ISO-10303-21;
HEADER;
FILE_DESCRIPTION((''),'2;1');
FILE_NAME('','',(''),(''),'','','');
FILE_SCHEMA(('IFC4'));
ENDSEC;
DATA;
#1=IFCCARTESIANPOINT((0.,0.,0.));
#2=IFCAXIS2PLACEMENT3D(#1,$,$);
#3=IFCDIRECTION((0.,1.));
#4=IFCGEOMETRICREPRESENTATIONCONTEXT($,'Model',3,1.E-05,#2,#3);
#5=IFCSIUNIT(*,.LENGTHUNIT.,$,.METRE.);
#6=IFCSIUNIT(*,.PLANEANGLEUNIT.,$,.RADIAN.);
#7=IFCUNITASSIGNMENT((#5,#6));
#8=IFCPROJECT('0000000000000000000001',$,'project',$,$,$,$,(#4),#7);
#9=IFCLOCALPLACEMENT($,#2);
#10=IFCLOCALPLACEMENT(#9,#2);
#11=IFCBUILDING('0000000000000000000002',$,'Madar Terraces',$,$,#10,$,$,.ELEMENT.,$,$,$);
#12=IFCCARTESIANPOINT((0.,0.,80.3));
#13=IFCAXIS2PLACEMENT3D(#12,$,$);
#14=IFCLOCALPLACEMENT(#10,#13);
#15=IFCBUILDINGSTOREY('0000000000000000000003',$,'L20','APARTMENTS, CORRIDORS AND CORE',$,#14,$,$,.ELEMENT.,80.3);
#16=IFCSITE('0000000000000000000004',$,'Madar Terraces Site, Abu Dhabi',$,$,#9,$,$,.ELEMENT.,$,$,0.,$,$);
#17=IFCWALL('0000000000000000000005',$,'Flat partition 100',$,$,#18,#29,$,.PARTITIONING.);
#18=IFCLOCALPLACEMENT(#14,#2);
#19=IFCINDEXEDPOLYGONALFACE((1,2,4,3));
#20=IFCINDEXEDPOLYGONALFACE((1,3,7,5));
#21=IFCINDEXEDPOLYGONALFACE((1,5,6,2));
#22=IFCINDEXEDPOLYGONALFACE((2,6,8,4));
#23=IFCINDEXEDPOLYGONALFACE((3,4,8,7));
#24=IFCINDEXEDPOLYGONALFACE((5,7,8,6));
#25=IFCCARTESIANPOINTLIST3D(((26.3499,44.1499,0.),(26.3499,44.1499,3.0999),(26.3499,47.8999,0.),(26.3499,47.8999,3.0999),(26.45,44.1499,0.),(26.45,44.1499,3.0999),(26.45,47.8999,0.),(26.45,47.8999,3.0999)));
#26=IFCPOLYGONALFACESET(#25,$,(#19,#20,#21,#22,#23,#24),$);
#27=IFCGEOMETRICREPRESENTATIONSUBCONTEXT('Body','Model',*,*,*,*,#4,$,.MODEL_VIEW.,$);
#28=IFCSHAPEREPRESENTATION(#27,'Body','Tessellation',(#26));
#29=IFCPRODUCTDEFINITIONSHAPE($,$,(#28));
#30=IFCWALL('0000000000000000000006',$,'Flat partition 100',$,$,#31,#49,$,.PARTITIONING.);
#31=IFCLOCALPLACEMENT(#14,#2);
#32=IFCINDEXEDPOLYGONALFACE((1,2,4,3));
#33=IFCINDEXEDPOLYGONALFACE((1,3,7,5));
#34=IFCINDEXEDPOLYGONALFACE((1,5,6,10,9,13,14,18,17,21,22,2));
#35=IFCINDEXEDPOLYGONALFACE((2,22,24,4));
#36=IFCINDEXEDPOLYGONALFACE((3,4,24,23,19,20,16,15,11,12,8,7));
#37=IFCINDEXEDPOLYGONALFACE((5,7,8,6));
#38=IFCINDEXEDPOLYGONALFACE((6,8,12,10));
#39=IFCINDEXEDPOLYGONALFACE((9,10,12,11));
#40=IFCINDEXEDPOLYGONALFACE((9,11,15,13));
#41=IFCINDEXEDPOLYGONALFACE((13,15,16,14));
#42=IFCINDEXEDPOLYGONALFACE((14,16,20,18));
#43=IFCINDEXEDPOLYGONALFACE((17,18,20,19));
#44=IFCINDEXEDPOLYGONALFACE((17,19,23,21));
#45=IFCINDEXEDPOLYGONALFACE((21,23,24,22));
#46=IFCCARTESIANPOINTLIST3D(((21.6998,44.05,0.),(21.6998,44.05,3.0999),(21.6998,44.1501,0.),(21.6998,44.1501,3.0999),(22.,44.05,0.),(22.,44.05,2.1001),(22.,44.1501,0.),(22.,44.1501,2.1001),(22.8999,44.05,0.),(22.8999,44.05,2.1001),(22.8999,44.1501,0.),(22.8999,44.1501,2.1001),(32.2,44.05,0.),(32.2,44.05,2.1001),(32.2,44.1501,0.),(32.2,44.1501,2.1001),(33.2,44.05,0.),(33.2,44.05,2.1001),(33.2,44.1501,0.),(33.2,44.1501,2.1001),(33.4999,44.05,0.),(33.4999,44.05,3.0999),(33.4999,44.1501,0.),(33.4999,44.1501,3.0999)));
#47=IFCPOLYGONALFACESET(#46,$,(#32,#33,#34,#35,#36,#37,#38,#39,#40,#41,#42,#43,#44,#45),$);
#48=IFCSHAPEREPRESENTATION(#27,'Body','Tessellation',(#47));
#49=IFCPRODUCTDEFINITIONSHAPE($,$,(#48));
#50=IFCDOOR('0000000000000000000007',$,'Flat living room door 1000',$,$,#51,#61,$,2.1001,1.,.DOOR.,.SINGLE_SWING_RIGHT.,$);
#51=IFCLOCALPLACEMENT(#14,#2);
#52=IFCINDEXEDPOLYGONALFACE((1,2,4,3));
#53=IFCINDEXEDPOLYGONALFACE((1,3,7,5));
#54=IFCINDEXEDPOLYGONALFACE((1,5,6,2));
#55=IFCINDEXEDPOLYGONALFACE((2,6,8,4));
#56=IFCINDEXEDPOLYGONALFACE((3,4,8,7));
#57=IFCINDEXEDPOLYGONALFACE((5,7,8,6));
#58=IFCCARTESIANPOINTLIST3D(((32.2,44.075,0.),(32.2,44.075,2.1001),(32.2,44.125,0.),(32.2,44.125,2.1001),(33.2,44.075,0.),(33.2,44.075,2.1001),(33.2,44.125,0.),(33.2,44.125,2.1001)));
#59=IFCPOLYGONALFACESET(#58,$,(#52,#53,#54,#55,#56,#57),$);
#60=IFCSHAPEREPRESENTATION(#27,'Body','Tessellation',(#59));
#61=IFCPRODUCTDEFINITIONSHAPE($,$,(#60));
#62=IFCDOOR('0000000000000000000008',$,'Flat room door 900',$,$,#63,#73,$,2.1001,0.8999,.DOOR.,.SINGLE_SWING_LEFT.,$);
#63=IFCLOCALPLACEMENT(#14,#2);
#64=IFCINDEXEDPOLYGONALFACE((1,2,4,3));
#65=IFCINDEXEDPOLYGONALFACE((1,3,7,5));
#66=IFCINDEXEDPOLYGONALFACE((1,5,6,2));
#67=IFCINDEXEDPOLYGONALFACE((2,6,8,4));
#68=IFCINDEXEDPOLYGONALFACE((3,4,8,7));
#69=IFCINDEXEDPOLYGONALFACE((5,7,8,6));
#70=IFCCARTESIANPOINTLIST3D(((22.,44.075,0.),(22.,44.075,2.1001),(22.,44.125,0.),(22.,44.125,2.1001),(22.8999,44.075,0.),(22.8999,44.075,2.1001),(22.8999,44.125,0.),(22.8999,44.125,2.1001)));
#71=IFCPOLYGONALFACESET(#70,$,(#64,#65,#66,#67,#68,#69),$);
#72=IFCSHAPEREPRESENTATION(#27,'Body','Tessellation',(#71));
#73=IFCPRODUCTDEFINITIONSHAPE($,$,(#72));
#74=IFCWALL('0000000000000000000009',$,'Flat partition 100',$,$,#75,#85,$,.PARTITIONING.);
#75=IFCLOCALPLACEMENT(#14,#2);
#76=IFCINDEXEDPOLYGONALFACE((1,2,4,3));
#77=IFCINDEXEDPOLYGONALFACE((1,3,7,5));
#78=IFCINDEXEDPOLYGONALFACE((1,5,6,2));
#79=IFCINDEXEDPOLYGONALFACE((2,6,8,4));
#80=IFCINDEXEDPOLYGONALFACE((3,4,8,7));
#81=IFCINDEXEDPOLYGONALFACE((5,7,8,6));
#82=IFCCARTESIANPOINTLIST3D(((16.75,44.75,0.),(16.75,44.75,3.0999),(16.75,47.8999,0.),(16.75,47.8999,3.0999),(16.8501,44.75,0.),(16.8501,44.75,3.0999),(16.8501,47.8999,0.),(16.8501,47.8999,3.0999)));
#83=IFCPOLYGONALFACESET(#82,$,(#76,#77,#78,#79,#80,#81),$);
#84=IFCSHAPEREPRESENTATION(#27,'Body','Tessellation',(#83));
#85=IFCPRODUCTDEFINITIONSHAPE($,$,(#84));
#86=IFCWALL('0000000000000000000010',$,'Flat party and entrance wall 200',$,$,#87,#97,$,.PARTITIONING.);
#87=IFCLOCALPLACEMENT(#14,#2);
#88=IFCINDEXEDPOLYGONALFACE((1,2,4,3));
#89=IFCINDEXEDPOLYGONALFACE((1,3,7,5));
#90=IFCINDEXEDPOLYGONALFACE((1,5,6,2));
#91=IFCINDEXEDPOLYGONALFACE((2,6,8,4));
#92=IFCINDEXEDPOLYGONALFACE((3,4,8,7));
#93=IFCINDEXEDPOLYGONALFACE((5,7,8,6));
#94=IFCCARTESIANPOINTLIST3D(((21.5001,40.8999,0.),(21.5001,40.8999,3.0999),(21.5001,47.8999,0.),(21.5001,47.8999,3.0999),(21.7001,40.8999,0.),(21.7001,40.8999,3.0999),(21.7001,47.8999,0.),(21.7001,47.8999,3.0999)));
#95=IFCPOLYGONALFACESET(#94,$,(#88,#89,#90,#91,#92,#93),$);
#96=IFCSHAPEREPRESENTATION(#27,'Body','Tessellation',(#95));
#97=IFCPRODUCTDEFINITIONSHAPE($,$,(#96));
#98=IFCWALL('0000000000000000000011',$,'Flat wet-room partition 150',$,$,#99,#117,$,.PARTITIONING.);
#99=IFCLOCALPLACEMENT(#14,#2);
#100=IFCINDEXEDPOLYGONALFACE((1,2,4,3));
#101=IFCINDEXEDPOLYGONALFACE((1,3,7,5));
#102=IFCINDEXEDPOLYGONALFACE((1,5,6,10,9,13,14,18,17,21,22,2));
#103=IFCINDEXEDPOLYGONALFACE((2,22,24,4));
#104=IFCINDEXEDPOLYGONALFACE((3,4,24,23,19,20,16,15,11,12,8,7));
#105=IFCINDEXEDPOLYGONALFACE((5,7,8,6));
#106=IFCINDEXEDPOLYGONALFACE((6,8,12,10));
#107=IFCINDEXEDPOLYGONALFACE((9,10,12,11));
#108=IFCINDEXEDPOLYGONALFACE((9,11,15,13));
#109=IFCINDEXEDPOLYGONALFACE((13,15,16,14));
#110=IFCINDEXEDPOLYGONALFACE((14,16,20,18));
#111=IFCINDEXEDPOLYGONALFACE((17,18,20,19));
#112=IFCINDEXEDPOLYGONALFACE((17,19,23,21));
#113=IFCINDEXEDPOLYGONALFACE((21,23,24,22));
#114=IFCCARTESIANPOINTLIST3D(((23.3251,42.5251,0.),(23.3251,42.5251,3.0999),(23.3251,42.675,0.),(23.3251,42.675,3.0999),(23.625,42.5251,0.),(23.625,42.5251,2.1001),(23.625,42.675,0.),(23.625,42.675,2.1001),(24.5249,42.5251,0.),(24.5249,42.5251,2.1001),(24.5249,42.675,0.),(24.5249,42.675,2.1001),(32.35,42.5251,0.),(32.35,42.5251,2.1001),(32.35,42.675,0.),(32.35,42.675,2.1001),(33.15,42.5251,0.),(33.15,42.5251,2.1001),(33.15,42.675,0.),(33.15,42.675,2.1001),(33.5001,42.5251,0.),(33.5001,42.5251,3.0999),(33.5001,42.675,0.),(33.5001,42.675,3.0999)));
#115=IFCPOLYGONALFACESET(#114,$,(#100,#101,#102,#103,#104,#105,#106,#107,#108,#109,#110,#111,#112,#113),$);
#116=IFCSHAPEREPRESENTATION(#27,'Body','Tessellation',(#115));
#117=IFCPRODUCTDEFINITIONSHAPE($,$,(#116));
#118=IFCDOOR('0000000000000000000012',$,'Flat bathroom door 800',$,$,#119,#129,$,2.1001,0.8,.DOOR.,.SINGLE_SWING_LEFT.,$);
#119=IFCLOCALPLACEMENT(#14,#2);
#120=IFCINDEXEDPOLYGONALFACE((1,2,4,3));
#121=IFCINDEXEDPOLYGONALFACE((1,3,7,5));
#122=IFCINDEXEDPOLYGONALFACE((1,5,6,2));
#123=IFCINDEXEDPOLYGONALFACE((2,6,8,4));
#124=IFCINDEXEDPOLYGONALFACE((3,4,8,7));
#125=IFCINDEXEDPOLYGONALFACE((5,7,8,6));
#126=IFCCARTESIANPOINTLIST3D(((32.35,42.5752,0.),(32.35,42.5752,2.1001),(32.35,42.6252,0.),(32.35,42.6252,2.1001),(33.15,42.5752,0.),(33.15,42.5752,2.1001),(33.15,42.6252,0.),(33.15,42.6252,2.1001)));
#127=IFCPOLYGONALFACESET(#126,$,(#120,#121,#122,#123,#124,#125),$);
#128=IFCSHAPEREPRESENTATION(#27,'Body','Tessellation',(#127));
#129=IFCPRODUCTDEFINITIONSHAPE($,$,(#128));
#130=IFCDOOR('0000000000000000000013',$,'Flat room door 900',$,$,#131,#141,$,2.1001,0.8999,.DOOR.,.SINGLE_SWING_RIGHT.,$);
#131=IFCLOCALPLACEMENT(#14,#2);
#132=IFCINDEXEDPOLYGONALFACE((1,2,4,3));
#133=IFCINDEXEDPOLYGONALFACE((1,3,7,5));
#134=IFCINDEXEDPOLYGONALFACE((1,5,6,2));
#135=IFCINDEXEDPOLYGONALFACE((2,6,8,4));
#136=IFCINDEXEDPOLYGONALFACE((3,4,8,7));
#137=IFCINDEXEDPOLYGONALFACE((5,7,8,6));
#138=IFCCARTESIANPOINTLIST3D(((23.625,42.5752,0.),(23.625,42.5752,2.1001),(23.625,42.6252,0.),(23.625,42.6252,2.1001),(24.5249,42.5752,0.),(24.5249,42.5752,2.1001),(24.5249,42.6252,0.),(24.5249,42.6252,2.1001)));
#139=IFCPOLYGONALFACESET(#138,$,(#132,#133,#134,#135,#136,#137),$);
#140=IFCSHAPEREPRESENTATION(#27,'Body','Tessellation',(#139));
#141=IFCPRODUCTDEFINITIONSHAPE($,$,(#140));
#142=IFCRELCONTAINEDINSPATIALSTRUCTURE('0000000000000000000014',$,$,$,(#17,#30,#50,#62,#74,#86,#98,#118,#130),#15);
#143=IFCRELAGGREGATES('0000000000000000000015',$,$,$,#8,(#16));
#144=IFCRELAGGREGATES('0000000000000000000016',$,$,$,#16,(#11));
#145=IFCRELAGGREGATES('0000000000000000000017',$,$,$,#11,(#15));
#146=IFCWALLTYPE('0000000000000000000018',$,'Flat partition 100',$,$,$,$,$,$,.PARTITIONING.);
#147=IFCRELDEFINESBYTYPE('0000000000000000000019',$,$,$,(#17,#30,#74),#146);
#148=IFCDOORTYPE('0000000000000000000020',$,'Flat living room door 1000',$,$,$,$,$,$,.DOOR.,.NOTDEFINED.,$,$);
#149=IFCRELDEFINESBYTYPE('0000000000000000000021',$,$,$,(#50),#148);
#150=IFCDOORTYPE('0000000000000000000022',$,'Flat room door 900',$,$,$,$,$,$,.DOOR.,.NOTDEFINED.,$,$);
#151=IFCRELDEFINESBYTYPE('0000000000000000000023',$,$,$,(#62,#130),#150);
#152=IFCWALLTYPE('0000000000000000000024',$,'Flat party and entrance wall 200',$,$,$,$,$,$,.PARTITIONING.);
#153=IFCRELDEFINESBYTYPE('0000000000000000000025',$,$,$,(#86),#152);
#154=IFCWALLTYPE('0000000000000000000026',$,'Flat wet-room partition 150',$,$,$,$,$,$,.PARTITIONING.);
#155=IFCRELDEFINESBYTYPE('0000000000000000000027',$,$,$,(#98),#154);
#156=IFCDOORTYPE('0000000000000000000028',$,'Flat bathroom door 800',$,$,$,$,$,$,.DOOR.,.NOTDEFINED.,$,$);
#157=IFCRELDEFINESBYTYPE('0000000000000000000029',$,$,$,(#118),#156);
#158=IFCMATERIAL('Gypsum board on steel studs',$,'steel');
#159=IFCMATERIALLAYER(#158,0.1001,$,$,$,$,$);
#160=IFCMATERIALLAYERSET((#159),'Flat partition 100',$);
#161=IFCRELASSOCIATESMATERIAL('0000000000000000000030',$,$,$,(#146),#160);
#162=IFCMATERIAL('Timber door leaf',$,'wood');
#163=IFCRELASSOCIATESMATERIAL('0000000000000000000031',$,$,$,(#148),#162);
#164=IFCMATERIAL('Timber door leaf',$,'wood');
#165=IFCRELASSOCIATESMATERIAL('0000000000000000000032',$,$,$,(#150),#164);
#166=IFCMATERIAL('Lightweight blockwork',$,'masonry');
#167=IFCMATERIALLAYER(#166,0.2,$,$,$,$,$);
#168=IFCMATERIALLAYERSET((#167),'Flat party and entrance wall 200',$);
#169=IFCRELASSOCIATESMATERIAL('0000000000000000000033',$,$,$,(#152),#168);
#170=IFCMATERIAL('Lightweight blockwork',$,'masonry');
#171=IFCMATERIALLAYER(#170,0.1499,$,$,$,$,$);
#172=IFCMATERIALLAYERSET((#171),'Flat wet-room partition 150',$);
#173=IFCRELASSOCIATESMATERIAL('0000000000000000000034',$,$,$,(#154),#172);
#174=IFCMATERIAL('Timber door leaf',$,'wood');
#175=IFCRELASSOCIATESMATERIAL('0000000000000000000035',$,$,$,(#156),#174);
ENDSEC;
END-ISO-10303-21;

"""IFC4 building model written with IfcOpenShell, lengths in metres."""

from ifc_helpers import new_model, si_unit, direction, frame, frame_2d, origin, place, context, subcontext, project, spatial, rectangle, extrude, material, layer, layer_set, type_object, element, fill, save


model = new_model("IFC4")

# Units and contexts
model_context = context("Model", 3, precision=1e-05, world=origin(), true_north=direction((0.0, 1.0)))
body_context = subcontext(model_context, "Body", "Model", "MODEL_VIEW")
ifc_project = project(units=[si_unit("LENGTHUNIT", "METRE"), si_unit("PLANEANGLEUNIT", "RADIAN")], contexts=[model_context])

# Site, building, storey
site_placement = place(None, origin())
site = spatial("IfcSite", under=ifc_project, at=site_placement, Name="Madar Terraces Site, Abu Dhabi", CompositionType="ELEMENT", RefElevation=0.0)
building_placement = place(site_placement, origin())
building = spatial("IfcBuilding", under=site, at=building_placement, Name="Madar Terraces", CompositionType="ELEMENT")
storey_placement = place(building_placement, frame((0.0, 0.0, 80.3)))
storey = spatial("IfcBuildingStorey", under=building, at=storey_placement, Name="L20", Description="APARTMENTS, CORRIDORS AND CORE", CompositionType="ELEMENT", Elevation=80.3)

# Wall
ifc_material_1 = material(Name="Gypsum board on steel studs", Category="steel")
ifc_layer_1 = layer(ifc_material_1, 0.1001)
ifc_layer_set_1 = layer_set([ifc_layer_1], Name="Flat partition 100")
wall_type_1 = type_object("IfcWallType", Name="Flat partition 100", PredefinedType="PARTITIONING", material=ifc_layer_set_1)
wall_1_placement = place(storey_placement, frame((26.3999, 44.1499, 0.0), z_axis=(0.0, 0.0, 1.0), x_axis=(0.0, 1.0, 0.0)))
element("IfcWall", 1, at=wall_1_placement, inside=storey, type_object=wall_type_1, Name="Flat partition 100", PredefinedType="PARTITIONING", context=body_context, shape_type="SweptSolid", body=[
    extrude(rectangle(XDim=3.75, YDim=0.1001, at=frame_2d((1.875, 0.0))), origin(), (0.0, 0.0, 1.0), 3.0999),
])

# Wall, openings, doors
wall_2_placement = place(storey_placement, frame((21.7, 44.1001, 0.0), z_axis=(0.0, 0.0, 1.0), x_axis=(1.0, 0.0, 0.0)))
wall_2 = element("IfcWall", 2, at=wall_2_placement, inside=storey, type_object=wall_type_1, Name="Flat partition 100", PredefinedType="PARTITIONING", context=body_context, shape_type="SweptSolid", body=[
    extrude(rectangle(XDim=11.8, YDim=0.1001, at=frame_2d((5.8999, 0.0))), origin(), (0.0, 0.0, 1.0), 3.0999),
])
opening_1_placement = place(wall_2_placement, frame((0.3, 0.0, 0.0)))
opening_1 = element("IfcOpeningElement", 3, at=opening_1_placement, cuts=wall_2, PredefinedType="OPENING", context=body_context, shape_type="SweptSolid", body=[
    extrude(rectangle(XDim=0.8999, YDim=2.1001, at=frame_2d((0.45, 1.05))), frame((0.0, 0.0601, 0.0), z_axis=(0.0, -1.0, 0.0), x_axis=(1.0, 0.0, 0.0)), (0.0, 0.0, 1.0), 0.1201),
])
opening_2_placement = place(wall_2_placement, frame((10.5, 0.0, 0.0)))
opening_2 = element("IfcOpeningElement", 4, at=opening_2_placement, cuts=wall_2, PredefinedType="OPENING", context=body_context, shape_type="SweptSolid", body=[
    extrude(rectangle(XDim=1.0, YDim=2.1001, at=frame_2d((0.5, 1.05))), frame((0.0, 0.0601, 0.0), z_axis=(0.0, -1.0, 0.0), x_axis=(1.0, 0.0, 0.0)), (0.0, 0.0, 1.0), 0.1201),
])
ifc_material_2 = material(Name="Timber door leaf", Category="wood")
door_type_1 = type_object("IfcDoorType", Name="Flat living room door 1000", OperationType="NOTDEFINED", PredefinedType="DOOR", material=ifc_material_2)
door_1_placement = place(opening_2_placement, origin())
door_1 = element("IfcDoor", 5, at=door_1_placement, inside=storey, type_object=door_type_1, Name="Flat living room door 1000", OperationType="SINGLE_SWING_RIGHT", OverallHeight=2.1001, OverallWidth=1.0, PredefinedType="DOOR", context=body_context, shape_type="SweptSolid", body=[
    extrude(rectangle(XDim=1.0, YDim=2.1001, at=frame_2d((0.5, 1.05))), frame((0.0, 0.0249, 0.0), z_axis=(0.0, -1.0, 0.0), x_axis=(1.0, 0.0, 0.0)), (0.0, 0.0, 1.0), 0.05),
])
fill(opening_2, door_1)
ifc_material_3 = material(Name="Timber door leaf", Category="wood")
door_type_2 = type_object("IfcDoorType", Name="Flat room door 900", OperationType="NOTDEFINED", PredefinedType="DOOR", material=ifc_material_3)
door_2_placement = place(opening_1_placement, origin())
door_2 = element("IfcDoor", 6, at=door_2_placement, inside=storey, type_object=door_type_2, Name="Flat room door 900", OperationType="SINGLE_SWING_LEFT", OverallHeight=2.1001, OverallWidth=0.8999, PredefinedType="DOOR", context=body_context, shape_type="SweptSolid", body=[
    extrude(rectangle(XDim=0.8999, YDim=2.1001, at=frame_2d((0.45, 1.05))), frame((0.0, 0.0249, 0.0), z_axis=(0.0, -1.0, 0.0), x_axis=(1.0, 0.0, 0.0)), (0.0, 0.0, 1.0), 0.05),
])
fill(opening_1, door_2)

# Walls
wall_3_placement = place(storey_placement, frame((16.8, 44.75, 0.0), z_axis=(0.0, 0.0, 1.0), x_axis=(0.0, 1.0, 0.0)))
element("IfcWall", 7, at=wall_3_placement, inside=storey, type_object=wall_type_1, Name="Flat partition 100", PredefinedType="PARTITIONING", context=body_context, shape_type="SweptSolid", body=[
    extrude(rectangle(XDim=3.1499, YDim=0.1001, at=frame_2d((1.575, 0.0))), origin(), (0.0, 0.0, 1.0), 3.0999),
])
ifc_material_4 = material(Name="Lightweight blockwork", Category="masonry")
ifc_layer_2 = layer(ifc_material_4, 0.2)
ifc_layer_set_2 = layer_set([ifc_layer_2], Name="Flat party and entrance wall 200")
wall_type_2 = type_object("IfcWallType", Name="Flat party and entrance wall 200", PredefinedType="PARTITIONING", material=ifc_layer_set_2)
wall_4_placement = place(storey_placement, frame((21.6001, 47.8999, 0.0), z_axis=(0.0, 0.0, 1.0), x_axis=(0.0, -1.0, 0.0)))
element("IfcWall", 8, at=wall_4_placement, inside=storey, type_object=wall_type_2, Name="Flat party and entrance wall 200", PredefinedType="PARTITIONING", context=body_context, shape_type="SweptSolid", body=[
    extrude(rectangle(XDim=7.0, YDim=0.2, at=frame_2d((3.5, 0.0))), origin(), (0.0, 0.0, 1.0), 3.0999),
])

# Wall, openings, doors
ifc_material_5 = material(Name="Lightweight blockwork", Category="masonry")
ifc_layer_3 = layer(ifc_material_5, 0.1499)
ifc_layer_set_3 = layer_set([ifc_layer_3], Name="Flat wet-room partition 150")
wall_type_3 = type_object("IfcWallType", Name="Flat wet-room partition 150", PredefinedType="PARTITIONING", material=ifc_layer_set_3)
wall_5_placement = place(storey_placement, frame((33.5, 42.6001, 0.0), z_axis=(0.0, 0.0, 1.0), x_axis=(-1.0, 0.0, 0.0)))
wall_5 = element("IfcWall", 9, at=wall_5_placement, inside=storey, type_object=wall_type_3, Name="Flat wet-room partition 150", PredefinedType="PARTITIONING", context=body_context, shape_type="SweptSolid", body=[
    extrude(rectangle(XDim=10.175, YDim=0.1499, at=frame_2d((5.0874, 0.0))), origin(), (0.0, 0.0, 1.0), 3.0999),
])
opening_3_placement = place(wall_5_placement, frame((8.9751, 0.0, 0.0)))
opening_3 = element("IfcOpeningElement", 10, at=opening_3_placement, cuts=wall_5, PredefinedType="OPENING", context=body_context, shape_type="SweptSolid", body=[
    extrude(rectangle(XDim=0.8999, YDim=2.1001, at=frame_2d((0.45, 1.05))), frame((0.0, 0.085, 0.0), z_axis=(0.0, -1.0, 0.0), x_axis=(1.0, 0.0, 0.0)), (0.0, 0.0, 1.0), 0.1699),
])
opening_4_placement = place(wall_5_placement, frame((0.3501, 0.0, 0.0)))
opening_4 = element("IfcOpeningElement", 11, at=opening_4_placement, cuts=wall_5, PredefinedType="OPENING", context=body_context, shape_type="SweptSolid", body=[
    extrude(rectangle(XDim=0.8, YDim=2.1001, at=frame_2d((0.3999, 1.05))), frame((0.0, 0.085, 0.0), z_axis=(0.0, -1.0, 0.0), x_axis=(1.0, 0.0, 0.0)), (0.0, 0.0, 1.0), 0.1699),
])
ifc_material_6 = material(Name="Timber door leaf", Category="wood")
door_type_3 = type_object("IfcDoorType", Name="Flat bathroom door 800", OperationType="NOTDEFINED", PredefinedType="DOOR", material=ifc_material_6)
door_3_placement = place(opening_4_placement, origin())
door_3 = element("IfcDoor", 12, at=door_3_placement, inside=storey, type_object=door_type_3, Name="Flat bathroom door 800", OperationType="SINGLE_SWING_LEFT", OverallHeight=2.1001, OverallWidth=0.8, PredefinedType="DOOR", context=body_context, shape_type="SweptSolid", body=[
    extrude(rectangle(XDim=0.8, YDim=2.1001, at=frame_2d((0.3999, 1.05))), frame((0.0, 0.0249, 0.0), z_axis=(0.0, -1.0, 0.0), x_axis=(1.0, 0.0, 0.0)), (0.0, 0.0, 1.0), 0.05),
])
fill(opening_4, door_3)
door_4_placement = place(opening_3_placement, origin())
door_4 = element("IfcDoor", 13, at=door_4_placement, inside=storey, type_object=door_type_2, Name="Flat room door 900", OperationType="SINGLE_SWING_RIGHT", OverallHeight=2.1001, OverallWidth=0.8999, PredefinedType="DOOR", context=body_context, shape_type="SweptSolid", body=[
    extrude(rectangle(XDim=0.8999, YDim=2.1001, at=frame_2d((0.45, 1.05))), frame((0.0, 0.0249, 0.0), z_axis=(0.0, -1.0, 0.0), x_axis=(1.0, 0.0, 0.0)), (0.0, 0.0, 1.0), 0.05),
])
fill(opening_3, door_4)

save(model, "model.ifc")
